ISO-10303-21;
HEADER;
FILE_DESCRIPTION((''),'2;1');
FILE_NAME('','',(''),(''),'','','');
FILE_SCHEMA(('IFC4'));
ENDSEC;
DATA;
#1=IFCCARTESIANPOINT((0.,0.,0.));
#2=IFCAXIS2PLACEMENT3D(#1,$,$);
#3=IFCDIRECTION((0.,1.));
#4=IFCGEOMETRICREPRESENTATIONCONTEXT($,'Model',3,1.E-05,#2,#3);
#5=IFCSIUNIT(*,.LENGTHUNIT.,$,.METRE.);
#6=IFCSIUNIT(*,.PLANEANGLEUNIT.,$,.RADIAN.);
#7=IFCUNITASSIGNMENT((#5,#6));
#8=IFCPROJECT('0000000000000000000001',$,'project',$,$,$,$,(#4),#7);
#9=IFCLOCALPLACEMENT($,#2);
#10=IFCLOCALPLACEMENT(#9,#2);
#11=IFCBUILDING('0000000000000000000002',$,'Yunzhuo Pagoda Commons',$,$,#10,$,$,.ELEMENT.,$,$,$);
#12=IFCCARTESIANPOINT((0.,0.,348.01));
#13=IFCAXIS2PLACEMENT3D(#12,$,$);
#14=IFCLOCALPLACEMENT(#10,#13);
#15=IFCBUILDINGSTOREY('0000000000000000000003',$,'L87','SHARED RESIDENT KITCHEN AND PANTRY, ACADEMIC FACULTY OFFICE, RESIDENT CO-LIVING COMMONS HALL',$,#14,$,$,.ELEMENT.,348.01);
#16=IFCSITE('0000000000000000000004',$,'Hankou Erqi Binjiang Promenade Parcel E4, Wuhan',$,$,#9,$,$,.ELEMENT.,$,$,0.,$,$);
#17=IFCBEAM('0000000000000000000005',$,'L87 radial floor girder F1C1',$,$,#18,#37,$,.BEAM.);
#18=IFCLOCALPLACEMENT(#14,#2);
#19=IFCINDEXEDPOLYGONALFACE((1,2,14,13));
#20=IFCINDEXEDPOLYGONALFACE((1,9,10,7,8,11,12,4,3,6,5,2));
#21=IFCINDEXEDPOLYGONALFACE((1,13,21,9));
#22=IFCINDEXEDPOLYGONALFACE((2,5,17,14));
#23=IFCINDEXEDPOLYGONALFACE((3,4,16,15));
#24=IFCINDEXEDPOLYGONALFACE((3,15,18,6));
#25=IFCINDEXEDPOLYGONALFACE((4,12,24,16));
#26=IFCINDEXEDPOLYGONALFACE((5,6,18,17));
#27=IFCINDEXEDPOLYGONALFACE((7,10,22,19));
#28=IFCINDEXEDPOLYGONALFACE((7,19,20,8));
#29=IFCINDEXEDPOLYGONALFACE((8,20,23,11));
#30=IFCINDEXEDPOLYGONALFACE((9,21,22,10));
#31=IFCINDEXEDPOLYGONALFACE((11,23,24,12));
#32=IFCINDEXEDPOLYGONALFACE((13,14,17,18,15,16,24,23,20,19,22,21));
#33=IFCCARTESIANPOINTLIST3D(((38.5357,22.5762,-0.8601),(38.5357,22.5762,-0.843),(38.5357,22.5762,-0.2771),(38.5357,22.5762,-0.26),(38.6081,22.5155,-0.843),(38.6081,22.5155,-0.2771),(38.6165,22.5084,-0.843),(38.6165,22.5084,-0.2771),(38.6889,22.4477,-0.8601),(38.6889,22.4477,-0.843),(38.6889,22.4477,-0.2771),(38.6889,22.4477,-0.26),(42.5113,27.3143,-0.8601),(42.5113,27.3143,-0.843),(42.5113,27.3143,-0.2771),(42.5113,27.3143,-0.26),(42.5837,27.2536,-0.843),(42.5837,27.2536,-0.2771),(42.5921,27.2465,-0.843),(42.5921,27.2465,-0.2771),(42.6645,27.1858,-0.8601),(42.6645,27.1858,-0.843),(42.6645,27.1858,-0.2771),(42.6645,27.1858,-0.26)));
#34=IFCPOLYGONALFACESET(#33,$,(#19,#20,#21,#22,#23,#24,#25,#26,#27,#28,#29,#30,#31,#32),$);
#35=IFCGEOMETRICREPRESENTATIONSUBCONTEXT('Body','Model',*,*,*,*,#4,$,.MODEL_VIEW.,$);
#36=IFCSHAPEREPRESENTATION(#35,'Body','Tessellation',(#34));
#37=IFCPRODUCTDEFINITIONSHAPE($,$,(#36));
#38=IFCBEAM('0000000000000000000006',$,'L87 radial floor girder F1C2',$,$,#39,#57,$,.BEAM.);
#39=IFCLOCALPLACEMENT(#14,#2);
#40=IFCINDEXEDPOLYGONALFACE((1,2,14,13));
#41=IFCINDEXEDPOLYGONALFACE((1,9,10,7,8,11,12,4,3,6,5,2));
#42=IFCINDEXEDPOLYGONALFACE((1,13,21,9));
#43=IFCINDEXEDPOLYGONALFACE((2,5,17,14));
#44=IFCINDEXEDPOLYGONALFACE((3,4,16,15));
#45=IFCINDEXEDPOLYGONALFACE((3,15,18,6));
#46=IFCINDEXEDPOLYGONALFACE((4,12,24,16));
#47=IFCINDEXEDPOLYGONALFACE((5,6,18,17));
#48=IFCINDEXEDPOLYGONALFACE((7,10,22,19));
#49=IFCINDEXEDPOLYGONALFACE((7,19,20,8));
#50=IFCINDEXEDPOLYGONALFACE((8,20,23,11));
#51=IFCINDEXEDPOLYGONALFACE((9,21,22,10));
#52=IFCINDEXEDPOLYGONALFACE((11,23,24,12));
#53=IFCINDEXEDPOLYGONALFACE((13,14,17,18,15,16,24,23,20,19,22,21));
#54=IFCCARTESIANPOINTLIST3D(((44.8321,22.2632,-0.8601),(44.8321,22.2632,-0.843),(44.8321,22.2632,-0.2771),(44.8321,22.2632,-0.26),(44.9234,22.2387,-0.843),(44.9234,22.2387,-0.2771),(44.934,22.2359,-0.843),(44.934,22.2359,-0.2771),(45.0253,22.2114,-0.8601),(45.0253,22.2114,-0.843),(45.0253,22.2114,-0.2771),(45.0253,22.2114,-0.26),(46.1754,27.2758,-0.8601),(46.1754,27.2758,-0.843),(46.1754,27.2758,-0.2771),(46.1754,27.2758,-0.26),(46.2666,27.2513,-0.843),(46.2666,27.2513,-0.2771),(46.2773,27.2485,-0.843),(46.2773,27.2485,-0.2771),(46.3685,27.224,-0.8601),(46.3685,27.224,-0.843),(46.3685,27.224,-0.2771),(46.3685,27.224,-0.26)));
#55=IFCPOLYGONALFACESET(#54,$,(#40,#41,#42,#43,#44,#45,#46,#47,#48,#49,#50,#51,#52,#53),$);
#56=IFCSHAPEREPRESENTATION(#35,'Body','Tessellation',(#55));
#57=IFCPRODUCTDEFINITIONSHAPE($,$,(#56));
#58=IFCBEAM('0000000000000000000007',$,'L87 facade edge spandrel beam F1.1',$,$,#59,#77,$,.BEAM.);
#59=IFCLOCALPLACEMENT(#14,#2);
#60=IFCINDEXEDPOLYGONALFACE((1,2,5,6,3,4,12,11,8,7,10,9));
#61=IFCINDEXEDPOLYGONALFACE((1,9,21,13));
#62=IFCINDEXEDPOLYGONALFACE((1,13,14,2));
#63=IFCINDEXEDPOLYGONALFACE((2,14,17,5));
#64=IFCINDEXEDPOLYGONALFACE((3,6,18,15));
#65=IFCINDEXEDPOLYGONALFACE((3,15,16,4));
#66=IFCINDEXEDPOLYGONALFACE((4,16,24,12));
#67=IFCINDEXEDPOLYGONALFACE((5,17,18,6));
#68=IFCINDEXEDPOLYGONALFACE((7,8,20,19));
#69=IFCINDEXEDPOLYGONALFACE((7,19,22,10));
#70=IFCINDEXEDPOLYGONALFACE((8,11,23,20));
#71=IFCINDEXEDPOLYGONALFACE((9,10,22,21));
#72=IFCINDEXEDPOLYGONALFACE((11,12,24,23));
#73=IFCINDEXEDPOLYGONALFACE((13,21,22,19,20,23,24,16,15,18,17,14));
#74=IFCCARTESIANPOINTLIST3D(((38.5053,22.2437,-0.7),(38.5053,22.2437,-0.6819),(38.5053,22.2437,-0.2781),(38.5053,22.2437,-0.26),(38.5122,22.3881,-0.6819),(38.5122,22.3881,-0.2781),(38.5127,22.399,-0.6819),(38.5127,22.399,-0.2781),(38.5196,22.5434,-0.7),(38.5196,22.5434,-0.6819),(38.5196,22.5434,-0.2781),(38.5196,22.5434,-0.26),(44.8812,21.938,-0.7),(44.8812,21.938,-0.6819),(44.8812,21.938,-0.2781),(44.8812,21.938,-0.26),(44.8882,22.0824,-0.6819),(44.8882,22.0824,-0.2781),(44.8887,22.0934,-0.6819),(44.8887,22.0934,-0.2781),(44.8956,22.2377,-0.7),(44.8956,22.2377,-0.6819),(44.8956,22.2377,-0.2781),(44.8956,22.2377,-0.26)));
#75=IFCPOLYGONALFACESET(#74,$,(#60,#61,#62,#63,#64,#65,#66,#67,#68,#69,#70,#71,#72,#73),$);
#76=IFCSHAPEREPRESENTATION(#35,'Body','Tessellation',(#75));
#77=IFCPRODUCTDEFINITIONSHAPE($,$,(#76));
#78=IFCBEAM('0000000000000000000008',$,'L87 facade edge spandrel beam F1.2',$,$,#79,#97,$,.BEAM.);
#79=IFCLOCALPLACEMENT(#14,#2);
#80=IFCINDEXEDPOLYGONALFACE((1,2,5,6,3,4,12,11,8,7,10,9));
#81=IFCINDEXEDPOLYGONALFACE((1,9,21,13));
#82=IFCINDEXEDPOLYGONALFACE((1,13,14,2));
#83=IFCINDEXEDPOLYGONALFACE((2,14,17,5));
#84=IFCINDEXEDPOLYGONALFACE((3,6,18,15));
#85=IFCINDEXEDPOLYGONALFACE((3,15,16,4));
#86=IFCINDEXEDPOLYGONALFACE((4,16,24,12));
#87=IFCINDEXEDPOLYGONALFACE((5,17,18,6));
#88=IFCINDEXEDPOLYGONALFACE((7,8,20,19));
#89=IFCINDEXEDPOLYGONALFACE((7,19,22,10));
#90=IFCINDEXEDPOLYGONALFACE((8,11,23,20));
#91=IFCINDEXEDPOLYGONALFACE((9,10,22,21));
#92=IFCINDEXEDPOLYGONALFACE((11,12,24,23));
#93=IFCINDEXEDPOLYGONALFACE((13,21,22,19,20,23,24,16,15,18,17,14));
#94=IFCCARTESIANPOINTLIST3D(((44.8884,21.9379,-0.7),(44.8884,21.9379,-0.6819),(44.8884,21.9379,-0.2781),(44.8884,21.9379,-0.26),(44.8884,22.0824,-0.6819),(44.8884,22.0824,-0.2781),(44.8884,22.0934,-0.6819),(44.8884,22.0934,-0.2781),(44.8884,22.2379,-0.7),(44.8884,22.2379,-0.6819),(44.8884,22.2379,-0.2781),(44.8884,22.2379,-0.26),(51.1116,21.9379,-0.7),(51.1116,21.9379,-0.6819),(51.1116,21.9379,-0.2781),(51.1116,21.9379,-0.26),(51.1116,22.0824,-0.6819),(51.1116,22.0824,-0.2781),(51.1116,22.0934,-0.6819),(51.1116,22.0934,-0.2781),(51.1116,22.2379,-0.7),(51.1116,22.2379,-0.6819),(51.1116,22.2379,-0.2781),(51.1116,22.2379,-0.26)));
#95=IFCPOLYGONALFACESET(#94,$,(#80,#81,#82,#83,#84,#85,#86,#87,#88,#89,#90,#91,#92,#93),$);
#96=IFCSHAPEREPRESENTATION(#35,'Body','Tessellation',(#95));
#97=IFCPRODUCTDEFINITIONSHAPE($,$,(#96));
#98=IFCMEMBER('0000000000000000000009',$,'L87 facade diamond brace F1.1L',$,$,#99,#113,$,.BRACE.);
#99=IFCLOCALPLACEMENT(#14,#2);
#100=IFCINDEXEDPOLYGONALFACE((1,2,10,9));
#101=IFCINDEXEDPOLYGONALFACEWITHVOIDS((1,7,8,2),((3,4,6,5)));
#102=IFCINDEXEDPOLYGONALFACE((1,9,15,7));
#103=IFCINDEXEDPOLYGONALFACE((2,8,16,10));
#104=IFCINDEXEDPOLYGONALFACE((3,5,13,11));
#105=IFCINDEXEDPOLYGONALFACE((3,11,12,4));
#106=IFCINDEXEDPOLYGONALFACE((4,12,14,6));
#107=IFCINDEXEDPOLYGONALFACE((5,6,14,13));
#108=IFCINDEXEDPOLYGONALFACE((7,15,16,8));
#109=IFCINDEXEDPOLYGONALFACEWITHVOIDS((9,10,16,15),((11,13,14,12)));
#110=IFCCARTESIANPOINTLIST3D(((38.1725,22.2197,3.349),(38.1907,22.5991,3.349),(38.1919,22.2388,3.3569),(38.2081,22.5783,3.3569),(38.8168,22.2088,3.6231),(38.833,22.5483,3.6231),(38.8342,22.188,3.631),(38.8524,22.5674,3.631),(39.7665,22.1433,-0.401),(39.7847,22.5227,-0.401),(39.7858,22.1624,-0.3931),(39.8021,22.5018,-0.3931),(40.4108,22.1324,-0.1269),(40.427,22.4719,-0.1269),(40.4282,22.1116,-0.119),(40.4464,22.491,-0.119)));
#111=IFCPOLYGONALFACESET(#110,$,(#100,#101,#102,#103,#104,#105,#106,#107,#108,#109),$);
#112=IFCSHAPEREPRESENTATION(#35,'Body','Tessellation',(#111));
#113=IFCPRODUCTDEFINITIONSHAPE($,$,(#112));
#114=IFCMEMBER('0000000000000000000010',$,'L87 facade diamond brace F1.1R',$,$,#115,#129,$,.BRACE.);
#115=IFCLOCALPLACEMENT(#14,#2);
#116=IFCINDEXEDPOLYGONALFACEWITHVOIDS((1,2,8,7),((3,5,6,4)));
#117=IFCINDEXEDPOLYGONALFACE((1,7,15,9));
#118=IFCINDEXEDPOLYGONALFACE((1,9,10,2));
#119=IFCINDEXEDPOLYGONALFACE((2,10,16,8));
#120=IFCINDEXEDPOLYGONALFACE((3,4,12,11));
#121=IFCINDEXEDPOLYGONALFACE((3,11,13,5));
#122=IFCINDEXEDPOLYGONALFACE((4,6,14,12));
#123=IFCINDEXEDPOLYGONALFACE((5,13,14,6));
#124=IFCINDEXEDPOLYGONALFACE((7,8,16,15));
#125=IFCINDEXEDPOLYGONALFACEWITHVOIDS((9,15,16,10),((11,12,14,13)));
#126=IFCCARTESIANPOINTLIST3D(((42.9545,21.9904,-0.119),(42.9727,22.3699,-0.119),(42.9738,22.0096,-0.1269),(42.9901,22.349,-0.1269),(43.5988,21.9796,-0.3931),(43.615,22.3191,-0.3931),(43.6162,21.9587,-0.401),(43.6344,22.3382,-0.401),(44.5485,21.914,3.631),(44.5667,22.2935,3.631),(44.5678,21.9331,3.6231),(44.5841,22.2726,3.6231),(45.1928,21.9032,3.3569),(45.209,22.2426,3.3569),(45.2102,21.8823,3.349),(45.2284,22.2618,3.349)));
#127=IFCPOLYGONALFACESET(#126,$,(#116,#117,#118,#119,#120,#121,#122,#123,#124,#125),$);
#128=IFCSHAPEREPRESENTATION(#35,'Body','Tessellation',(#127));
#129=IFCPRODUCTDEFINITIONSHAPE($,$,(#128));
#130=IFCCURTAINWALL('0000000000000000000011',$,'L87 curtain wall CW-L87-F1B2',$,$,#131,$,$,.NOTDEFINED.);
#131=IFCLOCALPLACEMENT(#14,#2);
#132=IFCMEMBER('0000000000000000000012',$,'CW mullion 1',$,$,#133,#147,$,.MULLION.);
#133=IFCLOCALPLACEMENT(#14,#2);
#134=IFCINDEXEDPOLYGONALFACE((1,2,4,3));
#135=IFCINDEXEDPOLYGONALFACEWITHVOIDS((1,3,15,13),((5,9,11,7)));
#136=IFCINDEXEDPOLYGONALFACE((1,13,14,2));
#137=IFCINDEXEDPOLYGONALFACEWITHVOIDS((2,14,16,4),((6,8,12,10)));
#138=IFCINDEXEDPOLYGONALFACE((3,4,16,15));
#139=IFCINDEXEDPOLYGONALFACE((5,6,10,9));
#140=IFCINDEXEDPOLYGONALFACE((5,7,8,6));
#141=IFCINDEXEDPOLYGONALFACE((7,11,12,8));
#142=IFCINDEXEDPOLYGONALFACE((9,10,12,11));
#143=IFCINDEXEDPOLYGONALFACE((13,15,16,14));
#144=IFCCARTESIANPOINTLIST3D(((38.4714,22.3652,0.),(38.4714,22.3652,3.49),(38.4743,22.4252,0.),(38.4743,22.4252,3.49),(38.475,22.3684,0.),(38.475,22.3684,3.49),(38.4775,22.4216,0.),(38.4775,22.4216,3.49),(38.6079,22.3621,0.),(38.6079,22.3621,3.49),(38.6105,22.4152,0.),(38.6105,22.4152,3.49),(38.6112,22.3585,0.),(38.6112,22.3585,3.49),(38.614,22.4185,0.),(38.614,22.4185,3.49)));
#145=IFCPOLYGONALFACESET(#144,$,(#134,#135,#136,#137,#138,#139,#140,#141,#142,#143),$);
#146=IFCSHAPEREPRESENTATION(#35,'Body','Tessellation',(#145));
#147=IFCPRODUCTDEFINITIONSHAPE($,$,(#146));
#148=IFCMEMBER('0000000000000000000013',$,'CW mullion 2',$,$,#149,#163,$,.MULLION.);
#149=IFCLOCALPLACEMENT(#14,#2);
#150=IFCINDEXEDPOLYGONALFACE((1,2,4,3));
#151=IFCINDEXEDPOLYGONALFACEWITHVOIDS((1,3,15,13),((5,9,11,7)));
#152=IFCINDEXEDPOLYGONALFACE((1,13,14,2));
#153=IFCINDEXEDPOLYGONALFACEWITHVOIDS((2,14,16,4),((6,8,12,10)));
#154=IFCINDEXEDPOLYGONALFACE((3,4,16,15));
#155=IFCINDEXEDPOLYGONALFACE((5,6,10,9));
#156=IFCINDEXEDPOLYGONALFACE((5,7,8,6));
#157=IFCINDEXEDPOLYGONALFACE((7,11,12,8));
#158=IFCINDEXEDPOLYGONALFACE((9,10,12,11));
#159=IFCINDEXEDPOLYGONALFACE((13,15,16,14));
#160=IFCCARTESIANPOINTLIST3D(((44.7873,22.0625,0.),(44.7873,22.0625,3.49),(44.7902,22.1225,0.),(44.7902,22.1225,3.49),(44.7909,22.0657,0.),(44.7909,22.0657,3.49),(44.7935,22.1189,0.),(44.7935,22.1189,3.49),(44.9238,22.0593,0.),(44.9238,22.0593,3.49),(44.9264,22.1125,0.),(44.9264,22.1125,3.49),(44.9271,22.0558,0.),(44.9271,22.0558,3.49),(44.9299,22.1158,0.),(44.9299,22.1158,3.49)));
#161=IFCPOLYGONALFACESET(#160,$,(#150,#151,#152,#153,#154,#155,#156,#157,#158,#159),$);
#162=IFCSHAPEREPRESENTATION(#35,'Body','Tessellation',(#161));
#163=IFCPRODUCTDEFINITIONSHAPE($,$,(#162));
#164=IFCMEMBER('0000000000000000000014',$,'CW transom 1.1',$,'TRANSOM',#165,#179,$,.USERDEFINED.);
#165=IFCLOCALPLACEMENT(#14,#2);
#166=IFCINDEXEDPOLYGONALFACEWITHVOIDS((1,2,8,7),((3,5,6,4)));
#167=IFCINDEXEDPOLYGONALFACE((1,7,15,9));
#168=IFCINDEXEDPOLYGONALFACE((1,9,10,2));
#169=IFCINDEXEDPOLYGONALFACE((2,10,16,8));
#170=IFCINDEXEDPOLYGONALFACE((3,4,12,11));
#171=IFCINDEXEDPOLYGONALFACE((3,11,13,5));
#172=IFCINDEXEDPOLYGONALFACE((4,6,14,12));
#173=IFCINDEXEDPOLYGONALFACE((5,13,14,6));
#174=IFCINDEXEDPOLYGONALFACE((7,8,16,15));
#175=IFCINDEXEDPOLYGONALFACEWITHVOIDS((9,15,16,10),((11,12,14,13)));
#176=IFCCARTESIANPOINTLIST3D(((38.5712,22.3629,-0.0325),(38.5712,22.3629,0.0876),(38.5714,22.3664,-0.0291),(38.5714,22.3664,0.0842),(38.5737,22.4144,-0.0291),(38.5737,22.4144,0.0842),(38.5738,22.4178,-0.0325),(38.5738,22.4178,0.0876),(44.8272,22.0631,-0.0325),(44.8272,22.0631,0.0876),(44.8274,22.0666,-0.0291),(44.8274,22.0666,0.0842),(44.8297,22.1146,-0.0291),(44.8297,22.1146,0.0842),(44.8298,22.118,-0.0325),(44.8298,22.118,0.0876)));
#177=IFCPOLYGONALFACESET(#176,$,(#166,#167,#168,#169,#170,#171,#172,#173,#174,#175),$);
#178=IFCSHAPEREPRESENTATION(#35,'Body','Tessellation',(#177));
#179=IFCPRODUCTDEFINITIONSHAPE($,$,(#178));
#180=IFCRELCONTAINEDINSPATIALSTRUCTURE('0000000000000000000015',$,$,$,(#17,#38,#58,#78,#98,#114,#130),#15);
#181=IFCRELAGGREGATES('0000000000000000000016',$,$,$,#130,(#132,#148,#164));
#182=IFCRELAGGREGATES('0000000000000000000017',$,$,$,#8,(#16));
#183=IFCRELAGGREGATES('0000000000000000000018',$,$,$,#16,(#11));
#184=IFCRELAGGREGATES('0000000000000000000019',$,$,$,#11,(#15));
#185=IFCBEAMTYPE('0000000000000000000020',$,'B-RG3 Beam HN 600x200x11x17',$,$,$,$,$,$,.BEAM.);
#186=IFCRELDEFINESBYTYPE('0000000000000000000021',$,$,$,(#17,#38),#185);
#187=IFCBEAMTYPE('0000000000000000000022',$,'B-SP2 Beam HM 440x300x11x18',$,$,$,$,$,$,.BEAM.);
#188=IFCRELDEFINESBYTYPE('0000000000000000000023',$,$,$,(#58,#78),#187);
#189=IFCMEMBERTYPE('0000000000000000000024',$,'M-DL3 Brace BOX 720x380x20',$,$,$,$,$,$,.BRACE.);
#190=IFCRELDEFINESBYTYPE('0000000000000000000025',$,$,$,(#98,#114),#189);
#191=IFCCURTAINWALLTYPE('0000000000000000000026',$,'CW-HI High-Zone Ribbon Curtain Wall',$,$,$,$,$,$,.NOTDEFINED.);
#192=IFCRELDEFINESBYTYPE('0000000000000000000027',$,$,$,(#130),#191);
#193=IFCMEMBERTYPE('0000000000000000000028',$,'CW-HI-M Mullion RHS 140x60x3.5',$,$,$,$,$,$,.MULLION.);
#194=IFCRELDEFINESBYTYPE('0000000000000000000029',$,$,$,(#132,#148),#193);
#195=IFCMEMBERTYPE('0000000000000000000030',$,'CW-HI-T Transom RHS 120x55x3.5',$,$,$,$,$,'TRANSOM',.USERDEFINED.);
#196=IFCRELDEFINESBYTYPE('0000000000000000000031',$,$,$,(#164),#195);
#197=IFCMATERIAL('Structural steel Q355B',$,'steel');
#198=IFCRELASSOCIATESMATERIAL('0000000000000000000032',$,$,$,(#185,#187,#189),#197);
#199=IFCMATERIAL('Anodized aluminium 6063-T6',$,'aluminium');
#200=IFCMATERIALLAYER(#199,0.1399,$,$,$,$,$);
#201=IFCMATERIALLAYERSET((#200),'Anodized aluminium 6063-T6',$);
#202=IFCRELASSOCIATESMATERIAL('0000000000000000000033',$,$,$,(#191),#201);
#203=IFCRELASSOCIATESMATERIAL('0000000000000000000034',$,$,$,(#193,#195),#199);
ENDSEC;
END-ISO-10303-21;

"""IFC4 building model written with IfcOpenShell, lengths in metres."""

from ifc_helpers import new_model, si_unit, direction, frame, origin, origin_2d, place, context, subcontext, project, spatial, hollow_rectangle, i_section, extrude, source, transform, mapped, material, layer, layer_set, material_profile, profile_set, type_object, element, aggregate, save


model = new_model("IFC4")

# Units and contexts
model_context = context("Model", 3, precision=1e-05, world=origin(), true_north=direction((0.0, 1.0)))
body_context = subcontext(model_context, "Body", "Model", "MODEL_VIEW")
ifc_project = project(units=[si_unit("LENGTHUNIT", "METRE"), si_unit("PLANEANGLEUNIT", "RADIAN")], contexts=[model_context])

# Site, building, storey
site_placement = place(None, origin())
site = spatial("IfcSite", under=ifc_project, at=site_placement, Name="Hankou Erqi Binjiang Promenade Parcel E4, Wuhan", CompositionType="ELEMENT", RefElevation=0.0)
building_placement = place(site_placement, origin())
building = spatial("IfcBuilding", under=site, at=building_placement, Name="Yunzhuo Pagoda Commons", CompositionType="ELEMENT")
storey_placement = place(building_placement, frame((0.0, 0.0, 348.01)))
storey = spatial("IfcBuildingStorey", under=building, at=storey_placement, Name="L87", Description="SHARED RESIDENT KITCHEN AND PANTRY, ACADEMIC FACULTY OFFICE, RESIDENT CO-LIVING COMMONS HALL", CompositionType="ELEMENT", Elevation=348.01)

# Beams
ifc_material_1 = material(Name="Structural steel Q355B", Category="steel")
ifc_material_profile_1 = material_profile(ifc_material_1, i_section(OverallWidth=0.2, OverallDepth=0.6001, WebThickness=0.011, FlangeThickness=0.0171, at=origin_2d()), Name="Structural steel Q355B")
ifc_profile_set_1 = profile_set([ifc_material_profile_1], Name="Structural steel Q355B")
beam_type_1 = type_object("IfcBeamType", Name="B-RG3 Beam HN 600x200x11x17", PredefinedType="BEAM", material=ifc_profile_set_1)
shared_shape_1 = source(origin(), body_context, "Body", "SweptSolid", [
    extrude(i_section(OverallWidth=0.2, OverallDepth=0.6001, WebThickness=0.011, FlangeThickness=0.0171, at=origin_2d()), origin(), (0.0, 0.0, 1.0), 6.1851),
])
beam_1_placement = place(storey_placement, frame((38.6123, 22.512, -0.5601), z_axis=(0.642778, 0.766052, 0.0), x_axis=(-0.766052, 0.642778, 0.0)))
element("IfcBeam", 1, at=beam_1_placement, inside=storey, type_object=beam_type_1, Name="L87 radial floor girder F1C1", PredefinedType="BEAM", context=body_context, shape_type="MappedRepresentation", body=[
    mapped(shared_shape_1, transform((0.0, 0.0, 0.0), scale=1.0)),
])
shared_shape_2 = source(origin(), body_context, "Body", "SweptSolid", [
    extrude(i_section(OverallWidth=0.2, OverallDepth=0.6001, WebThickness=0.011, FlangeThickness=0.0171, at=origin_2d()), origin(), (0.0, 0.0, 1.0), 5.1895),
])
beam_2_placement = place(storey_placement, frame((44.9287, 22.2373, -0.5601), z_axis=(0.25884, 0.96592, 0.0), x_axis=(-0.96592, 0.25884, 0.0)))
element("IfcBeam", 2, at=beam_2_placement, inside=storey, type_object=beam_type_1, Name="L87 radial floor girder F1C2", PredefinedType="BEAM", context=body_context, shape_type="MappedRepresentation", body=[
    mapped(shared_shape_2, transform((0.0, 0.0, 0.0), scale=1.0)),
])
ifc_material_profile_2 = material_profile(ifc_material_1, i_section(OverallWidth=0.3, OverallDepth=0.4399, WebThickness=0.011, FlangeThickness=0.0181, at=origin_2d()), Name="Structural steel Q355B")
ifc_profile_set_2 = profile_set([ifc_material_profile_2], Name="Structural steel Q355B")
beam_type_2 = type_object("IfcBeamType", Name="B-SP2 Beam HM 440x300x11x18", PredefinedType="BEAM", material=ifc_profile_set_2)
shared_shape_3 = source(origin(), body_context, "Body", "SweptSolid", [
    extrude(i_section(OverallWidth=0.3, OverallDepth=0.4399, WebThickness=0.011, FlangeThickness=0.0181, at=origin_2d()), origin(), (0.0, 0.0, 1.0), 6.3833),
])
beam_3_placement = place(storey_placement, frame((38.5125, 22.3936, -0.48), z_axis=(0.998853, -0.047885, 0.0), x_axis=(0.047885, 0.998853, 0.0)))
element("IfcBeam", 3, at=beam_3_placement, inside=storey, type_object=beam_type_2, Name="L87 facade edge spandrel beam F1.1", PredefinedType="BEAM", context=body_context, shape_type="MappedRepresentation", body=[
    mapped(shared_shape_3, transform((0.0, 0.0, 0.0), scale=1.0)),
])
shared_shape_4 = source(origin(), body_context, "Body", "SweptSolid", [
    extrude(i_section(OverallWidth=0.3, OverallDepth=0.4399, WebThickness=0.011, FlangeThickness=0.0181, at=origin_2d()), origin(), (0.0, 0.0, 1.0), 6.2231),
])
beam_4_placement = place(storey_placement, frame((44.8884, 22.0879, -0.48), z_axis=(1.0, 0.0, 0.0), x_axis=(0.0, 1.0, 0.0)))
element("IfcBeam", 4, at=beam_4_placement, inside=storey, type_object=beam_type_2, Name="L87 facade edge spandrel beam F1.2", PredefinedType="BEAM", context=body_context, shape_type="MappedRepresentation", body=[
    mapped(shared_shape_4, transform((0.0, 0.0, 0.0), scale=1.0)),
])

# Members
ifc_material_profile_3 = material_profile(ifc_material_1, hollow_rectangle(XDim=0.3799, YDim=0.72, WallThickness=0.02, at=origin_2d()), Name="Structural steel Q355B")
ifc_profile_set_3 = profile_set([ifc_material_profile_3], Name="Structural steel Q355B")
member_type_1 = type_object("IfcMemberType", Name="M-DL3 Brace BOX 720x380x20", PredefinedType="BRACE", material=ifc_profile_set_3)
shared_shape_5 = source(origin(), body_context, "Body", "SweptSolid", [
    extrude(hollow_rectangle(XDim=0.3799, YDim=0.72, WallThickness=0.02, at=origin_2d()), origin(), (0.0, 0.0, 1.0), 4.0754),
])
for number, where, z_axis, x_axis, name in (
    (5, (40.1064, 22.3171, -0.26), (-0.391123, 0.01875, 0.920148), (-0.047885, -0.998853, 0.0), "L87 facade diamond brace F1.1L"),
    (6, (43.2944, 22.1643, -0.26), (0.391123, -0.01875, 0.920148), (0.047885, 0.998853, 0.0), "L87 facade diamond brace F1.1R"),
):
    element("IfcMember", number, at=place(storey_placement, frame(where, z_axis=z_axis, x_axis=x_axis)), inside=storey, type_object=member_type_1, Name=name, PredefinedType="BRACE", context=body_context, shape_type="MappedRepresentation", body=[
        mapped(shared_shape_5, transform((0.0, 0.0, 0.0), scale=1.0)),
    ])

# Curtain wall, members
ifc_material_2 = material(Name="Anodized aluminium 6063-T6", Category="aluminium")
ifc_layer_1 = layer(ifc_material_2, 0.1399)
ifc_layer_set_1 = layer_set([ifc_layer_1], Name="Anodized aluminium 6063-T6")
curtain_wall_type = type_object("IfcCurtainWallType", Name="CW-HI High-Zone Ribbon Curtain Wall", PredefinedType="NOTDEFINED", material=ifc_layer_set_1)
curtain_wall_1_placement = place(storey_placement, origin())
curtain_wall_1 = element("IfcCurtainWall", 7, at=curtain_wall_1_placement, inside=storey, type_object=curtain_wall_type, Name="L87 curtain wall CW-L87-F1B2", PredefinedType="NOTDEFINED")
ifc_material_profile_4 = material_profile(ifc_material_2, hollow_rectangle(XDim=0.0601, YDim=0.1399, WallThickness=0.0034, at=origin_2d()), Name="Anodized aluminium 6063-T6")
ifc_profile_set_4 = profile_set([ifc_material_profile_4], Name="Anodized aluminium 6063-T6")
member_type_2 = type_object("IfcMemberType", Name="CW-HI-M Mullion RHS 140x60x3.5", PredefinedType="MULLION", material=ifc_profile_set_4)
shared_shape_6 = source(origin(), body_context, "Body", "SweptSolid", [
    extrude(hollow_rectangle(XDim=0.0601, YDim=0.1399, WallThickness=0.0034, at=origin_2d()), origin(), (0.0, 0.0, 1.0), 3.49),
])
member_1_placement = place(storey_placement, frame((38.5427, 22.3918, 0.0), z_axis=(0.0, 0.0, 1.0), x_axis=(0.047859, 0.998854, 0.0)))
member_1 = element("IfcMember", 8, at=member_1_placement, type_object=member_type_2, Name="CW mullion 1", PredefinedType="MULLION", context=body_context, shape_type="MappedRepresentation", body=[
    mapped(shared_shape_6, transform((0.0, 0.0, 0.0), scale=1.0)),
])
member_2_placement = place(storey_placement, frame((44.8586, 22.0891, 0.0), z_axis=(0.0, 0.0, 1.0), x_axis=(0.047859, 0.998854, 0.0)))
member_2 = element("IfcMember", 9, at=member_2_placement, type_object=member_type_2, Name="CW mullion 2", PredefinedType="MULLION", context=body_context, shape_type="MappedRepresentation", body=[
    mapped(shared_shape_6, transform((0.0, 0.0, 0.0), scale=1.0)),
])
ifc_material_profile_5 = material_profile(ifc_material_2, hollow_rectangle(XDim=0.0549, YDim=0.1201, WallThickness=0.0034, at=origin_2d()), Name="Anodized aluminium 6063-T6")
ifc_profile_set_5 = profile_set([ifc_material_profile_5], Name="Anodized aluminium 6063-T6")
member_type_3 = type_object("IfcMemberType", Name="CW-HI-T Transom RHS 120x55x3.5", ElementType="TRANSOM", PredefinedType="USERDEFINED", material=ifc_profile_set_5)
shared_shape_7 = source(origin(), body_context, "Body", "SweptSolid", [
    extrude(hollow_rectangle(XDim=0.0549, YDim=0.1201, WallThickness=0.0034, at=origin_2d()), origin(), (0.0, 0.0, 1.0), 6.2632),
])
member_3_placement = place(storey_placement, frame((38.5725, 22.3904, 0.0276), z_axis=(0.998854, -0.047867, 0.0), x_axis=(0.047867, 0.998854, 0.0)))
member_3 = element("IfcMember", 10, at=member_3_placement, type_object=member_type_3, Name="CW transom 1.1", ObjectType="TRANSOM", PredefinedType="USERDEFINED", context=body_context, shape_type="MappedRepresentation", body=[
    mapped(shared_shape_7, transform((0.0, 0.0, 0.0), scale=1.0)),
])

aggregate(curtain_wall_1, [member_1, member_2, member_3])

save(model, "model.ifc")
